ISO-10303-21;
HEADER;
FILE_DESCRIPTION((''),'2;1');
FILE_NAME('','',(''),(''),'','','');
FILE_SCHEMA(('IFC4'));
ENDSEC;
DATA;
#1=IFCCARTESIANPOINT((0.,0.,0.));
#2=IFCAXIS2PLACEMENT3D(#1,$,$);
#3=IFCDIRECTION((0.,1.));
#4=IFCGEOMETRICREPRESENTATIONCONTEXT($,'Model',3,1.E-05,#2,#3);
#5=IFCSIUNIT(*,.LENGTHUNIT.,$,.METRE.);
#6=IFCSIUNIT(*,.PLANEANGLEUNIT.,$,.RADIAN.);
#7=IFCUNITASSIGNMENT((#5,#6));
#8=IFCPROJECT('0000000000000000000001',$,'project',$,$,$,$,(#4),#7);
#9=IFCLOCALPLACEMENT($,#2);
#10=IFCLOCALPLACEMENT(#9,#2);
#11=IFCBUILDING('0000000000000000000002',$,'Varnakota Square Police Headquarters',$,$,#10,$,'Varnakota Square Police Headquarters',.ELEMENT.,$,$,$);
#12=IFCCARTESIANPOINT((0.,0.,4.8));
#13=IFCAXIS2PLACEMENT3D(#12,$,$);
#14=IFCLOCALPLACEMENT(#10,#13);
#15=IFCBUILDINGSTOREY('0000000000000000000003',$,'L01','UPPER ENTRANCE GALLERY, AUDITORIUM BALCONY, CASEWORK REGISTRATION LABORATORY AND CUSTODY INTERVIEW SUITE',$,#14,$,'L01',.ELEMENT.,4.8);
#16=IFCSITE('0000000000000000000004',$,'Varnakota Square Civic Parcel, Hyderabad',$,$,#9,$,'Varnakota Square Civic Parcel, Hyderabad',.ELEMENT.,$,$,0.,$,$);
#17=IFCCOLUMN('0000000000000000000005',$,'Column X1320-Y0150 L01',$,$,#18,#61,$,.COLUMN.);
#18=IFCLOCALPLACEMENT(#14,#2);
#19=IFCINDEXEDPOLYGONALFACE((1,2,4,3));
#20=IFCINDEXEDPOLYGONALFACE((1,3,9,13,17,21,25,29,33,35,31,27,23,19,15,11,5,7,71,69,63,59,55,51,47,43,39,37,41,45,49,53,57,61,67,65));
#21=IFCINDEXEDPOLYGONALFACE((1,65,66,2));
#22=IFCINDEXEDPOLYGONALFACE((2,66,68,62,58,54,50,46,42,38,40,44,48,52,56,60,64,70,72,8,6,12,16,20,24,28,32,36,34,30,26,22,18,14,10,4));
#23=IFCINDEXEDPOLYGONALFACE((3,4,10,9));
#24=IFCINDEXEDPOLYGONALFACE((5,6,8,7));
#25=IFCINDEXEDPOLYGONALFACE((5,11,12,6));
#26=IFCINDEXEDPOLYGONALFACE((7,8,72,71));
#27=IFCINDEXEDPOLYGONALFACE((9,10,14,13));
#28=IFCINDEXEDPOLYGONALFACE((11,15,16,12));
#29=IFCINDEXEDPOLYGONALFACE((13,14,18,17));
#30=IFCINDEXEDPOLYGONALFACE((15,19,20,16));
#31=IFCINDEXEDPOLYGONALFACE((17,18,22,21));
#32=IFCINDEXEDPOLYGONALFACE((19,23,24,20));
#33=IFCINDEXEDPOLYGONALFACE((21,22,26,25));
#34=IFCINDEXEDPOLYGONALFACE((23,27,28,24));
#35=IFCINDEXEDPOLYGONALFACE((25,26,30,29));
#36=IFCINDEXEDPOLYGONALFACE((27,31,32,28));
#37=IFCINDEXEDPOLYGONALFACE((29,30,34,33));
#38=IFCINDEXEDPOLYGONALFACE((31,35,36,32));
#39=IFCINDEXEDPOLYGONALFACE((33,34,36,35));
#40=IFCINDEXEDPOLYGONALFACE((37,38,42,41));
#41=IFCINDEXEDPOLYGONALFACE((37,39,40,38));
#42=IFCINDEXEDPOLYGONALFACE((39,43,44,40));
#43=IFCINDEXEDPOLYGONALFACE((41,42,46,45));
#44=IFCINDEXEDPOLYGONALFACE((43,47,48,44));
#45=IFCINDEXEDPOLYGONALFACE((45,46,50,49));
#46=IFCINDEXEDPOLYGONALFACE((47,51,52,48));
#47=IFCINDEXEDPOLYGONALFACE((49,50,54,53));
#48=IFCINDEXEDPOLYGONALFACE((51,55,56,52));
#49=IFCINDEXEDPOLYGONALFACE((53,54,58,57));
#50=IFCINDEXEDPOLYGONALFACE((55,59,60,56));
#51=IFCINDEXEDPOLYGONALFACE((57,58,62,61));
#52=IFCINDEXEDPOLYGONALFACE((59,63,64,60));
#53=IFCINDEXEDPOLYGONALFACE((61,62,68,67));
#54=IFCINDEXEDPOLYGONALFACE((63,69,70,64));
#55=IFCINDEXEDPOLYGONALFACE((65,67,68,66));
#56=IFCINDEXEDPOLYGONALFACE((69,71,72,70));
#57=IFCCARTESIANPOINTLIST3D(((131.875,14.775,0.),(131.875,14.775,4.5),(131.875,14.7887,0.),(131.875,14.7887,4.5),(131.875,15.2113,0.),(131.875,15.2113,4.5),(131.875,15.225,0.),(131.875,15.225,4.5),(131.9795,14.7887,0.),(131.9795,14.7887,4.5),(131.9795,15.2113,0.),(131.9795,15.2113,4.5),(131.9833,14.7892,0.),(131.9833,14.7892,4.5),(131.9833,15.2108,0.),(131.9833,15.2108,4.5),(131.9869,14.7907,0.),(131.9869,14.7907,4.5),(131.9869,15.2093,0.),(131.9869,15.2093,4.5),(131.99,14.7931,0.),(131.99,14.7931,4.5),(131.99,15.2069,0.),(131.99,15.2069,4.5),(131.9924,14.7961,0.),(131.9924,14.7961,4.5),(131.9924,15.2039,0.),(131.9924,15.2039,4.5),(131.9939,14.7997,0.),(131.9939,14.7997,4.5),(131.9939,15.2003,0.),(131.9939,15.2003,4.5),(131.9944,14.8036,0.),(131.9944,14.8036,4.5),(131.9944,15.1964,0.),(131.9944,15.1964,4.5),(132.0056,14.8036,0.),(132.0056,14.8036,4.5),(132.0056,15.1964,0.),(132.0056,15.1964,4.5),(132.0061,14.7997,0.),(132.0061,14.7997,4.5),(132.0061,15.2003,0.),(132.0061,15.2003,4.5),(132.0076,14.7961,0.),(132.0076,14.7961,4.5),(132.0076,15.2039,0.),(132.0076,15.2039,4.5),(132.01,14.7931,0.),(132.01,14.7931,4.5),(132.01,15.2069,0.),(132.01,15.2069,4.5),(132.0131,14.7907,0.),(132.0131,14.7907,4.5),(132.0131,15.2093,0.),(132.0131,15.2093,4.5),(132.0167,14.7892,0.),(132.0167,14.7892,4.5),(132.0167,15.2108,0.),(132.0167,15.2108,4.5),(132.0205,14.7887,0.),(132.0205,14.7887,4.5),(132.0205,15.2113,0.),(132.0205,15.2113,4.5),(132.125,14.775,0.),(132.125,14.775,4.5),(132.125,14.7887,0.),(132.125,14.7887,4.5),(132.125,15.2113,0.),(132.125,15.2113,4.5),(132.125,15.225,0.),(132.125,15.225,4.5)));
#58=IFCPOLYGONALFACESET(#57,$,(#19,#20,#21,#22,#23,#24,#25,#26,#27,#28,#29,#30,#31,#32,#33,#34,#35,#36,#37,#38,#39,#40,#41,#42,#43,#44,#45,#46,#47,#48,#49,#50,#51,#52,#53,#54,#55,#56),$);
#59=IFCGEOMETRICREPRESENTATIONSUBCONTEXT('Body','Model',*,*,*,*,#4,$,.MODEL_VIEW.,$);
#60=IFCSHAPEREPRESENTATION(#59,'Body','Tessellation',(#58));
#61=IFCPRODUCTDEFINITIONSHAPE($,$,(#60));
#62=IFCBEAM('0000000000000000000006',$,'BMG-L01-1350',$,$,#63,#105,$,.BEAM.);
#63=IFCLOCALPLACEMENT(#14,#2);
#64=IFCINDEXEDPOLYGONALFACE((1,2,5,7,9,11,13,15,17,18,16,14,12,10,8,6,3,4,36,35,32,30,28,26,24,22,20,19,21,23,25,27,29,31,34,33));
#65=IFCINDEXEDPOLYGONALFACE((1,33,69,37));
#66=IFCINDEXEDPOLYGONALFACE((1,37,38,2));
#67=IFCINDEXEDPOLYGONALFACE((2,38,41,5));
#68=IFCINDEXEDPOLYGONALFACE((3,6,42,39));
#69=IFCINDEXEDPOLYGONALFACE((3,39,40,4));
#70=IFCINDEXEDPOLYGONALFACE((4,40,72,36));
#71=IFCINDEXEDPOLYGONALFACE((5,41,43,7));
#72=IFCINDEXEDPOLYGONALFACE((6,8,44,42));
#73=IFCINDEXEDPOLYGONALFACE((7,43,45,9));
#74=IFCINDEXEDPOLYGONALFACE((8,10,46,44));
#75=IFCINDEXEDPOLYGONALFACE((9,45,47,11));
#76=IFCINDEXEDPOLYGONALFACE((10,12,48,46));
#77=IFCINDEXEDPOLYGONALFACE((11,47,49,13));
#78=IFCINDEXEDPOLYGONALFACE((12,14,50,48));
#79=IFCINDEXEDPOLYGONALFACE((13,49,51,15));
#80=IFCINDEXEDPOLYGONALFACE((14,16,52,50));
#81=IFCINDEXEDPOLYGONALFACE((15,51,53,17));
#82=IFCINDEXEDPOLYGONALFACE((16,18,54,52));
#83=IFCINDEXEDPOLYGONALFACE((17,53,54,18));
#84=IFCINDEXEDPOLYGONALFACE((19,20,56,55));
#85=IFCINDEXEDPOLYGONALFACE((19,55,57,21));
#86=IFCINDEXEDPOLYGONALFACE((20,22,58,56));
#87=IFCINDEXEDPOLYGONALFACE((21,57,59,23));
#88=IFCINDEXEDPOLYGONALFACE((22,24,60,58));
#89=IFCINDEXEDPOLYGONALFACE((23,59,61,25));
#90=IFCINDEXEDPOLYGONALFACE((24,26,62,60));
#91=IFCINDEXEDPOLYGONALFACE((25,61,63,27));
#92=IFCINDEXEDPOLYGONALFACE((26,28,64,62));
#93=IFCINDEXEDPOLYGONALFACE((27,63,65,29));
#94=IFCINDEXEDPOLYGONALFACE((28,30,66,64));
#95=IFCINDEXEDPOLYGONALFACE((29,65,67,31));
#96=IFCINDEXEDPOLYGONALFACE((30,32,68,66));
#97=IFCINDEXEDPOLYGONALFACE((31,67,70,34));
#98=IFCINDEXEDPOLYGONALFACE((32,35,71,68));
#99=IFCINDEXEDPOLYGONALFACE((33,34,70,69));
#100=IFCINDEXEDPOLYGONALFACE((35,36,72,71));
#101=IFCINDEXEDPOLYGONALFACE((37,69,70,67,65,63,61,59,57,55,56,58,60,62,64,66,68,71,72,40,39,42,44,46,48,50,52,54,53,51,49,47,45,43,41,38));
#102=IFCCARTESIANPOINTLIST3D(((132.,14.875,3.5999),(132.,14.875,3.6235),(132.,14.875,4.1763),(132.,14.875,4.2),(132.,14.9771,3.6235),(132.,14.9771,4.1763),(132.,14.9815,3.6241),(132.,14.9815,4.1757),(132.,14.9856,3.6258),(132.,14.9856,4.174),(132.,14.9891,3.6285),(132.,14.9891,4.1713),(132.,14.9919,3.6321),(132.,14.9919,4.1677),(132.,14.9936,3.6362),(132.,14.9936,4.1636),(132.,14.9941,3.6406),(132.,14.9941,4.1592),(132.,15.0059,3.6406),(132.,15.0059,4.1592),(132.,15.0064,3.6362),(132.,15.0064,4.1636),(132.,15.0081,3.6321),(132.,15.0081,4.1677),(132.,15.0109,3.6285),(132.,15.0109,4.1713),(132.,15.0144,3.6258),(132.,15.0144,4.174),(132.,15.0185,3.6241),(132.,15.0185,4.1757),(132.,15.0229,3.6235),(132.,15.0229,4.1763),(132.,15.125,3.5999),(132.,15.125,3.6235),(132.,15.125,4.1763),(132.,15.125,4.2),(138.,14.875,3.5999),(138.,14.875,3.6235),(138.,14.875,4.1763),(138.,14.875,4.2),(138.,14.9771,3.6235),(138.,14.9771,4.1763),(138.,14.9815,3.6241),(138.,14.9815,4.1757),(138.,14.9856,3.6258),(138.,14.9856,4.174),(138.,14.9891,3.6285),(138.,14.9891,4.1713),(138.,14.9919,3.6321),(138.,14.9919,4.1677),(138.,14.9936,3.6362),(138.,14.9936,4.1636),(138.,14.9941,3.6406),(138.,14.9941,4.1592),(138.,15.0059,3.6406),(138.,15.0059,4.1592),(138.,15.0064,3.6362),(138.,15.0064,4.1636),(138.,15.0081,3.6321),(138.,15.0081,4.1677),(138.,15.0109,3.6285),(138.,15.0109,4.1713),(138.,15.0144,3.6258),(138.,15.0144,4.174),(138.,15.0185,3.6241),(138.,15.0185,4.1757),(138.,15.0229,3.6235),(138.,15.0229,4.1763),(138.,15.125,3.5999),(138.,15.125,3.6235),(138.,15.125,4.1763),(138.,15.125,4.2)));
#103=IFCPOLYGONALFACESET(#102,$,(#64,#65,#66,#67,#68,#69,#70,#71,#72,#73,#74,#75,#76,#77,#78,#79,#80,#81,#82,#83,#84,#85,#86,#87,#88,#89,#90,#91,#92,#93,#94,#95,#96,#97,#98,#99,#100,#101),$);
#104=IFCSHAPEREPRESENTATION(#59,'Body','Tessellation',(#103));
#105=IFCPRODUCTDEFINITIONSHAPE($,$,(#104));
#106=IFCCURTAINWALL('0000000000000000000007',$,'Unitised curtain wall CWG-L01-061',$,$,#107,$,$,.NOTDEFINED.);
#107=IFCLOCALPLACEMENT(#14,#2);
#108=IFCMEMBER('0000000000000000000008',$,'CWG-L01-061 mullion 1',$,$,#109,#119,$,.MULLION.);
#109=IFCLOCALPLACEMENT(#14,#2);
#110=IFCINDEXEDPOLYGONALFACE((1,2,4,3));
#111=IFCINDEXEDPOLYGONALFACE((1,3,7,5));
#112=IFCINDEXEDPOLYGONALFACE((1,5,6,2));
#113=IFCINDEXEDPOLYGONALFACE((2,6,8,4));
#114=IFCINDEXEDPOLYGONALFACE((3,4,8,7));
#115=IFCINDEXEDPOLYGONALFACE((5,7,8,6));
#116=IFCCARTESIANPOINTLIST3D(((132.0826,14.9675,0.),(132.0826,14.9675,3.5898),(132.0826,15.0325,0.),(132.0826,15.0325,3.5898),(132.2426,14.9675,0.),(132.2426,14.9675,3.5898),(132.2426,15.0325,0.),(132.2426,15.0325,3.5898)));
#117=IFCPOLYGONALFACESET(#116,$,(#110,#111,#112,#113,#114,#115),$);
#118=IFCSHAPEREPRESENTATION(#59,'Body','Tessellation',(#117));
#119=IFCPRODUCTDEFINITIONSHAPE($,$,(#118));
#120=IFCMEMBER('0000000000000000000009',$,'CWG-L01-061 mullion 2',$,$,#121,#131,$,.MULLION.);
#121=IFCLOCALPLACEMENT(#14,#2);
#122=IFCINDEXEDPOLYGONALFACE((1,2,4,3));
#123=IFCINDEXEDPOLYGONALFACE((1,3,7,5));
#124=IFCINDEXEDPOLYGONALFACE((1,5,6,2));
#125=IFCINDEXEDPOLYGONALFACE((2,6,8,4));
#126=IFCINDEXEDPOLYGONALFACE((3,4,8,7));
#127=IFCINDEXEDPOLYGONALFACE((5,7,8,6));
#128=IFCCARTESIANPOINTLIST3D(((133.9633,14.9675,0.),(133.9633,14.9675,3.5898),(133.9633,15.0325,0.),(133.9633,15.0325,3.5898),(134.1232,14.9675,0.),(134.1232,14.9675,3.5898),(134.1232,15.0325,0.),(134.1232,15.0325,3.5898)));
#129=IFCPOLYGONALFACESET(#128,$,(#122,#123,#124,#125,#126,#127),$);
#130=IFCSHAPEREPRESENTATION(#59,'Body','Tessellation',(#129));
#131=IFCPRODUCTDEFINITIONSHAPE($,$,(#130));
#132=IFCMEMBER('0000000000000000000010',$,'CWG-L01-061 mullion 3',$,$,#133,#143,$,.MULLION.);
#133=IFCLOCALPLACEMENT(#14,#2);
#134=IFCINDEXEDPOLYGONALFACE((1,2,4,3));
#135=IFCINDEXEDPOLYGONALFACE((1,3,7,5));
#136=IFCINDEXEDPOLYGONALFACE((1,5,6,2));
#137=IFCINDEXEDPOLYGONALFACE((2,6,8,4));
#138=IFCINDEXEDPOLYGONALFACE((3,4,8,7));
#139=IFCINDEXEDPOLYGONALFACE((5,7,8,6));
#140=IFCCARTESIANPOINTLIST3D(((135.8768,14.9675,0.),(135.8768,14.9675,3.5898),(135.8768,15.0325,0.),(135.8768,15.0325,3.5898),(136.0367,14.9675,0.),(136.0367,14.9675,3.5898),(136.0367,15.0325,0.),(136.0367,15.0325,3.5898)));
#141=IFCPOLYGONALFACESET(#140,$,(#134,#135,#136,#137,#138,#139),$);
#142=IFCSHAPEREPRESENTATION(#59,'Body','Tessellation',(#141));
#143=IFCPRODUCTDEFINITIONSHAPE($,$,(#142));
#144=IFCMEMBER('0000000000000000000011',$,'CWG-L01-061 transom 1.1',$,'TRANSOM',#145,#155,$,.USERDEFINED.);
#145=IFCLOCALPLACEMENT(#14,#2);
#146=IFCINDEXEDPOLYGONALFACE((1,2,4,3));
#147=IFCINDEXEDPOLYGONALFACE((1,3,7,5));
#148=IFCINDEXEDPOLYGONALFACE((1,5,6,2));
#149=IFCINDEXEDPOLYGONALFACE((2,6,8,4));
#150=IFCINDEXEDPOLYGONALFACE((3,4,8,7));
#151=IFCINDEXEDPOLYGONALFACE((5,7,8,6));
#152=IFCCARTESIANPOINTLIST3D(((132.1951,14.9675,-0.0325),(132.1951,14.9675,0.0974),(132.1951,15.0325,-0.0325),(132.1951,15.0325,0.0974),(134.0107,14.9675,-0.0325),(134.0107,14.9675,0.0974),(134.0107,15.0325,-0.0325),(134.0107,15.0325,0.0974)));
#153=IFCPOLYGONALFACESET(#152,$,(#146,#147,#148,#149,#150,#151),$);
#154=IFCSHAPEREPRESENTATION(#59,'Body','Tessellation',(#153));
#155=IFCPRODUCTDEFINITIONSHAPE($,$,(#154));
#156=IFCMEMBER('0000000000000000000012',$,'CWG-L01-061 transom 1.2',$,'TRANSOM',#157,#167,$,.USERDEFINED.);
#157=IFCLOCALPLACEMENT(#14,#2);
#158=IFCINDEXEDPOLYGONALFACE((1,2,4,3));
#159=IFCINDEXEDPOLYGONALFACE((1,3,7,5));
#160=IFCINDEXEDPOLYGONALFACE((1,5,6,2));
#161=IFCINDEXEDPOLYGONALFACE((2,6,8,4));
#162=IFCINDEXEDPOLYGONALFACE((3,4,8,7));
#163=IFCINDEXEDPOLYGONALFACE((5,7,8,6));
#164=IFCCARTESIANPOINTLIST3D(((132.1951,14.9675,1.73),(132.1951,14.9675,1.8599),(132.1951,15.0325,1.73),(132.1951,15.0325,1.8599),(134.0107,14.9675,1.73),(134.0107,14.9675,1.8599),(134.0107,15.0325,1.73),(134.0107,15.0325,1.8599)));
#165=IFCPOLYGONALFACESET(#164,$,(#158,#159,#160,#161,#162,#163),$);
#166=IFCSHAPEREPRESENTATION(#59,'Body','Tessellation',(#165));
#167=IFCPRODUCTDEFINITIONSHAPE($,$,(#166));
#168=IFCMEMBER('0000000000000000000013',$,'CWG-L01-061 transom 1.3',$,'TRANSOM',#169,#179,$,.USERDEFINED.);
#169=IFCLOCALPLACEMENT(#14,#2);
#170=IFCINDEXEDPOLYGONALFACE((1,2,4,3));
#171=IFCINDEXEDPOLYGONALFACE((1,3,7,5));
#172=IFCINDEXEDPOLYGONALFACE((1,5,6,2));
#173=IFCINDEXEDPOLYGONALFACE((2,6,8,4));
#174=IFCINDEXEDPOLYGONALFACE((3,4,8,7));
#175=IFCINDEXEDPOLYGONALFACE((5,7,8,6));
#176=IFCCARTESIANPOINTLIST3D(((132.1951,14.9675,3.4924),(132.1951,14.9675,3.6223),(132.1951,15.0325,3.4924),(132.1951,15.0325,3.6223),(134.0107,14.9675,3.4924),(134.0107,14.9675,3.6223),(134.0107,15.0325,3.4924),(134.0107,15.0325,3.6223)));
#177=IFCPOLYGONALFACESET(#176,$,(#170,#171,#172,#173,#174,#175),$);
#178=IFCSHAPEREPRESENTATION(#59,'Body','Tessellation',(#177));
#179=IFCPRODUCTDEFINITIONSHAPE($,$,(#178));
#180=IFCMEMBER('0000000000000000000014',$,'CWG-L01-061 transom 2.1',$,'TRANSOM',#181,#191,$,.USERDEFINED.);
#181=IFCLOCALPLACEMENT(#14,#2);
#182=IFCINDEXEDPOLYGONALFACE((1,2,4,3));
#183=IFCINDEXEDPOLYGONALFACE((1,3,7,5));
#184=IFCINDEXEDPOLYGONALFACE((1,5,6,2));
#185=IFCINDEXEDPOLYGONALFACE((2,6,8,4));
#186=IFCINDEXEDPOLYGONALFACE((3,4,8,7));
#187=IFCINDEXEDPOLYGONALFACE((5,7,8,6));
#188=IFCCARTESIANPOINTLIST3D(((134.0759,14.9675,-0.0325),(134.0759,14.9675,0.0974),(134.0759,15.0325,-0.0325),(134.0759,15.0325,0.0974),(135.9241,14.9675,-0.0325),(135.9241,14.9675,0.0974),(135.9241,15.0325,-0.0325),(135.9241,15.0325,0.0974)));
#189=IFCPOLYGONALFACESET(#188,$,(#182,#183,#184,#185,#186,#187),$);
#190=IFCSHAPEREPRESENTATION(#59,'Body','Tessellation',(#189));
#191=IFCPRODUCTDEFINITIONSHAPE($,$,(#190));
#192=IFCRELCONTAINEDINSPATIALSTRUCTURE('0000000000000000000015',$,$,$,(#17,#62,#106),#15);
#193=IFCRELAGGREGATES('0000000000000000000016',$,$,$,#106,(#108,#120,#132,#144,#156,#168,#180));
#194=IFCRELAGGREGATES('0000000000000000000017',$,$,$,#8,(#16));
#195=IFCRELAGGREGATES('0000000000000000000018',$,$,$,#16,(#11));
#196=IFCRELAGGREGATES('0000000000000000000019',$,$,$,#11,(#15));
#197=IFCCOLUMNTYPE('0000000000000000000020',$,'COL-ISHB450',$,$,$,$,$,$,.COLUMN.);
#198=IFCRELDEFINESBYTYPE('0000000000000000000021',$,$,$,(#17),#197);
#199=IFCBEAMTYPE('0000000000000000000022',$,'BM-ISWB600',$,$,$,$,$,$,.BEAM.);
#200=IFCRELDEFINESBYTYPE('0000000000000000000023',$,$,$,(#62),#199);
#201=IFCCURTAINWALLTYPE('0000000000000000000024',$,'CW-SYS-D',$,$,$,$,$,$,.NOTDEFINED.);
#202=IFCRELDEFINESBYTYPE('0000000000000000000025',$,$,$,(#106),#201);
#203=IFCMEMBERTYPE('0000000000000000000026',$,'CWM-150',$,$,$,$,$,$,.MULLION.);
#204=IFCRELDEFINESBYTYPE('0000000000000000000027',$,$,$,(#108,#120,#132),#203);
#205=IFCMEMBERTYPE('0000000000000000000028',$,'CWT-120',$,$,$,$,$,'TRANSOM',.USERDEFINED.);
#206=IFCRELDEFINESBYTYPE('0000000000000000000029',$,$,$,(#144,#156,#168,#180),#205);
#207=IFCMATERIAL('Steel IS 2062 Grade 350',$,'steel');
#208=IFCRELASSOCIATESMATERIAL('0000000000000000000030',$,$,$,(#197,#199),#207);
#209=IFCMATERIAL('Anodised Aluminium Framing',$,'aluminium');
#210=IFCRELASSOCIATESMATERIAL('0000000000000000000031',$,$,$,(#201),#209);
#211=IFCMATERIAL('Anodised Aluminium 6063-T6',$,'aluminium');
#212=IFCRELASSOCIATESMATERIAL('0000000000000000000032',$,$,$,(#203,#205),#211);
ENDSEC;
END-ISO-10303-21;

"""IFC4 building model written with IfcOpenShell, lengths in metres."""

from ifc_helpers import new_model, si_unit, direction, frame, origin, origin_2d, place, context, subcontext, project, spatial, rectangle, i_section, extrude, material, material_profile, profile_set, type_object, element, aggregate, save


model = new_model("IFC4")

# Units and contexts
model_context = context("Model", 3, precision=1e-05, world=origin(), true_north=direction((0.0, 1.0)))
body_context = subcontext(model_context, "Body", "Model", "MODEL_VIEW")
ifc_project = project(units=[si_unit("LENGTHUNIT", "METRE"), si_unit("PLANEANGLEUNIT", "RADIAN")], contexts=[model_context])

# Site, building, storey
site_placement = place(None, origin())
site = spatial("IfcSite", under=ifc_project, at=site_placement, Name="Varnakota Square Civic Parcel, Hyderabad", LongName="Varnakota Square Civic Parcel, Hyderabad", CompositionType="ELEMENT", RefElevation=0.0)
building_placement = place(site_placement, origin())
building = spatial("IfcBuilding", under=site, at=building_placement, Name="Varnakota Square Police Headquarters", LongName="Varnakota Square Police Headquarters", CompositionType="ELEMENT")
storey_placement = place(building_placement, frame((0.0, 0.0, 4.8)))
storey = spatial("IfcBuildingStorey", under=building, at=storey_placement, Name="L01", Description="UPPER ENTRANCE GALLERY, AUDITORIUM BALCONY, CASEWORK REGISTRATION LABORATORY AND CUSTODY INTERVIEW SUITE", LongName="L01", CompositionType="ELEMENT", Elevation=4.8)

# Column
ifc_material_1 = material(Name="Steel IS 2062 Grade 350", Category="steel")
ifc_material_profile_1 = material_profile(ifc_material_1, i_section(OverallWidth=0.25, OverallDepth=0.45, WebThickness=0.0112, FlangeThickness=0.0137, FilletRadius=0.0149, at=origin_2d()), Name="ISHB 450")
ifc_profile_set_1 = profile_set([ifc_material_profile_1], Name="Steel IS 2062 Grade 350")
column_type = type_object("IfcColumnType", Name="COL-ISHB450", PredefinedType="COLUMN", material=ifc_profile_set_1)
column_placement = place(storey_placement, frame((132.0, 15.0, 0.0), z_axis=(0.0, 0.0, 1.0), x_axis=(1.0, 0.0, 0.0)))
element("IfcColumn", 1, at=column_placement, inside=storey, type_object=column_type, Name="Column X1320-Y0150 L01", PredefinedType="COLUMN", context=body_context, shape_type="SweptSolid", body=[
    extrude(i_section(OverallWidth=0.25, OverallDepth=0.45, WebThickness=0.0112, FlangeThickness=0.0137, FilletRadius=0.0149, at=origin_2d()), origin(), (0.0, 0.0, 1.0), 4.5),
])

# Beam
ifc_material_profile_2 = material_profile(ifc_material_1, i_section(OverallWidth=0.25, OverallDepth=0.6001, WebThickness=0.0117, FlangeThickness=0.0237, FilletRadius=0.0171, at=origin_2d()), Name="ISWB 600")
ifc_profile_set_2 = profile_set([ifc_material_profile_2], Name="Steel IS 2062 Grade 350")
beam_type = type_object("IfcBeamType", Name="BM-ISWB600", PredefinedType="BEAM", material=ifc_profile_set_2)
beam_placement = place(storey_placement, frame((132.0, 15.0, 3.8999), z_axis=(1.0, 0.0, 0.0), x_axis=(0.0, 1.0, 0.0)))
element("IfcBeam", 2, at=beam_placement, inside=storey, type_object=beam_type, Name="BMG-L01-1350", PredefinedType="BEAM", context=body_context, shape_type="SweptSolid", body=[
    extrude(i_section(OverallWidth=0.25, OverallDepth=0.6001, WebThickness=0.0117, FlangeThickness=0.0237, FilletRadius=0.0171, at=origin_2d()), origin(), (0.0, 0.0, 1.0), 6.0),
])

# Curtain wall, members
ifc_material_2 = material(Name="Anodised Aluminium Framing", Category="aluminium")
curtain_wall_type = type_object("IfcCurtainWallType", Name="CW-SYS-D", PredefinedType="NOTDEFINED", material=ifc_material_2)
curtain_wall_placement = place(storey_placement, origin())
curtain_wall = element("IfcCurtainWall", 3, at=curtain_wall_placement, inside=storey, type_object=curtain_wall_type, Name="Unitised curtain wall CWG-L01-061", PredefinedType="NOTDEFINED")
ifc_material_3 = material(Name="Anodised Aluminium 6063-T6", Category="aluminium")
ifc_material_profile_3 = material_profile(ifc_material_3, rectangle(XDim=0.0649, YDim=0.1599, at=origin_2d()), Name="ALU MULLION 65x160")
ifc_profile_set_3 = profile_set([ifc_material_profile_3], Name="Anodised Aluminium 6063-T6")
member_type_1 = type_object("IfcMemberType", Name="CWM-150", PredefinedType="MULLION", material=ifc_profile_set_3)
member_1_placement = place(storey_placement, frame((132.1626, 15.0, 0.0), z_axis=(0.0, 0.0, 1.0), x_axis=(0.0, 1.0, 0.0)))
member_1 = element("IfcMember", 4, at=member_1_placement, type_object=member_type_1, Name="CWG-L01-061 mullion 1", PredefinedType="MULLION", context=body_context, shape_type="SweptSolid", body=[
    extrude(rectangle(XDim=0.0649, YDim=0.1599, at=origin_2d()), origin(), (0.0, 0.0, 1.0), 3.5898),
])
member_2_placement = place(storey_placement, frame((134.0432, 15.0, 0.0), z_axis=(0.0, 0.0, 1.0), x_axis=(0.0, 1.0, 0.0)))
member_2 = element("IfcMember", 5, at=member_2_placement, type_object=member_type_1, Name="CWG-L01-061 mullion 2", PredefinedType="MULLION", context=body_context, shape_type="SweptSolid", body=[
    extrude(rectangle(XDim=0.0649, YDim=0.1599, at=origin_2d()), origin(), (0.0, 0.0, 1.0), 3.5898),
])
member_3_placement = place(storey_placement, frame((135.9568, 15.0, 0.0), z_axis=(0.0, 0.0, 1.0), x_axis=(0.0, 1.0, 0.0)))
member_3 = element("IfcMember", 6, at=member_3_placement, type_object=member_type_1, Name="CWG-L01-061 mullion 3", PredefinedType="MULLION", context=body_context, shape_type="SweptSolid", body=[
    extrude(rectangle(XDim=0.0649, YDim=0.1599, at=origin_2d()), origin(), (0.0, 0.0, 1.0), 3.5898),
])
ifc_material_profile_4 = material_profile(ifc_material_3, rectangle(XDim=0.0649, YDim=0.1299, at=origin_2d()), Name="ALU TRANSOM 65x130")
ifc_profile_set_4 = profile_set([ifc_material_profile_4], Name="Anodised Aluminium 6063-T6")
member_type_2 = type_object("IfcMemberType", Name="CWT-120", ElementType="TRANSOM", PredefinedType="USERDEFINED", material=ifc_profile_set_4)
member_4_placement = place(storey_placement, frame((132.1951, 15.0, 0.0325), z_axis=(1.0, 0.0, 0.0), x_axis=(0.0, 1.0, 0.0)))
member_4 = element("IfcMember", 7, at=member_4_placement, type_object=member_type_2, Name="CWG-L01-061 transom 1.1", ObjectType="TRANSOM", PredefinedType="USERDEFINED", context=body_context, shape_type="SweptSolid", body=[
    extrude(rectangle(XDim=0.0649, YDim=0.1299, at=origin_2d()), origin(), (0.0, 0.0, 1.0), 1.8157),
])
member_5_placement = place(storey_placement, frame((132.1951, 15.0, 1.7949), z_axis=(1.0, 0.0, 0.0), x_axis=(0.0, 1.0, 0.0)))
member_5 = element("IfcMember", 8, at=member_5_placement, type_object=member_type_2, Name="CWG-L01-061 transom 1.2", ObjectType="TRANSOM", PredefinedType="USERDEFINED", context=body_context, shape_type="SweptSolid", body=[
    extrude(rectangle(XDim=0.0649, YDim=0.1299, at=origin_2d()), origin(), (0.0, 0.0, 1.0), 1.8157),
])
member_6_placement = place(storey_placement, frame((132.1951, 15.0, 3.5574), z_axis=(1.0, 0.0, 0.0), x_axis=(0.0, 1.0, 0.0)))
member_6 = element("IfcMember", 9, at=member_6_placement, type_object=member_type_2, Name="CWG-L01-061 transom 1.3", ObjectType="TRANSOM", PredefinedType="USERDEFINED", context=body_context, shape_type="SweptSolid", body=[
    extrude(rectangle(XDim=0.0649, YDim=0.1299, at=origin_2d()), origin(), (0.0, 0.0, 1.0), 1.8157),
])
member_7_placement = place(storey_placement, frame((134.0759, 15.0, 0.0325), z_axis=(1.0, 0.0, 0.0), x_axis=(0.0, 1.0, 0.0)))
member_7 = element("IfcMember", 10, at=member_7_placement, type_object=member_type_2, Name="CWG-L01-061 transom 2.1", ObjectType="TRANSOM", PredefinedType="USERDEFINED", context=body_context, shape_type="SweptSolid", body=[
    extrude(rectangle(XDim=0.0649, YDim=0.1299, at=origin_2d()), origin(), (0.0, 0.0, 1.0), 1.8481),
])

aggregate(curtain_wall, [member_1, member_2, member_3, member_4, member_5, member_6, member_7])

save(model, "model.ifc")
